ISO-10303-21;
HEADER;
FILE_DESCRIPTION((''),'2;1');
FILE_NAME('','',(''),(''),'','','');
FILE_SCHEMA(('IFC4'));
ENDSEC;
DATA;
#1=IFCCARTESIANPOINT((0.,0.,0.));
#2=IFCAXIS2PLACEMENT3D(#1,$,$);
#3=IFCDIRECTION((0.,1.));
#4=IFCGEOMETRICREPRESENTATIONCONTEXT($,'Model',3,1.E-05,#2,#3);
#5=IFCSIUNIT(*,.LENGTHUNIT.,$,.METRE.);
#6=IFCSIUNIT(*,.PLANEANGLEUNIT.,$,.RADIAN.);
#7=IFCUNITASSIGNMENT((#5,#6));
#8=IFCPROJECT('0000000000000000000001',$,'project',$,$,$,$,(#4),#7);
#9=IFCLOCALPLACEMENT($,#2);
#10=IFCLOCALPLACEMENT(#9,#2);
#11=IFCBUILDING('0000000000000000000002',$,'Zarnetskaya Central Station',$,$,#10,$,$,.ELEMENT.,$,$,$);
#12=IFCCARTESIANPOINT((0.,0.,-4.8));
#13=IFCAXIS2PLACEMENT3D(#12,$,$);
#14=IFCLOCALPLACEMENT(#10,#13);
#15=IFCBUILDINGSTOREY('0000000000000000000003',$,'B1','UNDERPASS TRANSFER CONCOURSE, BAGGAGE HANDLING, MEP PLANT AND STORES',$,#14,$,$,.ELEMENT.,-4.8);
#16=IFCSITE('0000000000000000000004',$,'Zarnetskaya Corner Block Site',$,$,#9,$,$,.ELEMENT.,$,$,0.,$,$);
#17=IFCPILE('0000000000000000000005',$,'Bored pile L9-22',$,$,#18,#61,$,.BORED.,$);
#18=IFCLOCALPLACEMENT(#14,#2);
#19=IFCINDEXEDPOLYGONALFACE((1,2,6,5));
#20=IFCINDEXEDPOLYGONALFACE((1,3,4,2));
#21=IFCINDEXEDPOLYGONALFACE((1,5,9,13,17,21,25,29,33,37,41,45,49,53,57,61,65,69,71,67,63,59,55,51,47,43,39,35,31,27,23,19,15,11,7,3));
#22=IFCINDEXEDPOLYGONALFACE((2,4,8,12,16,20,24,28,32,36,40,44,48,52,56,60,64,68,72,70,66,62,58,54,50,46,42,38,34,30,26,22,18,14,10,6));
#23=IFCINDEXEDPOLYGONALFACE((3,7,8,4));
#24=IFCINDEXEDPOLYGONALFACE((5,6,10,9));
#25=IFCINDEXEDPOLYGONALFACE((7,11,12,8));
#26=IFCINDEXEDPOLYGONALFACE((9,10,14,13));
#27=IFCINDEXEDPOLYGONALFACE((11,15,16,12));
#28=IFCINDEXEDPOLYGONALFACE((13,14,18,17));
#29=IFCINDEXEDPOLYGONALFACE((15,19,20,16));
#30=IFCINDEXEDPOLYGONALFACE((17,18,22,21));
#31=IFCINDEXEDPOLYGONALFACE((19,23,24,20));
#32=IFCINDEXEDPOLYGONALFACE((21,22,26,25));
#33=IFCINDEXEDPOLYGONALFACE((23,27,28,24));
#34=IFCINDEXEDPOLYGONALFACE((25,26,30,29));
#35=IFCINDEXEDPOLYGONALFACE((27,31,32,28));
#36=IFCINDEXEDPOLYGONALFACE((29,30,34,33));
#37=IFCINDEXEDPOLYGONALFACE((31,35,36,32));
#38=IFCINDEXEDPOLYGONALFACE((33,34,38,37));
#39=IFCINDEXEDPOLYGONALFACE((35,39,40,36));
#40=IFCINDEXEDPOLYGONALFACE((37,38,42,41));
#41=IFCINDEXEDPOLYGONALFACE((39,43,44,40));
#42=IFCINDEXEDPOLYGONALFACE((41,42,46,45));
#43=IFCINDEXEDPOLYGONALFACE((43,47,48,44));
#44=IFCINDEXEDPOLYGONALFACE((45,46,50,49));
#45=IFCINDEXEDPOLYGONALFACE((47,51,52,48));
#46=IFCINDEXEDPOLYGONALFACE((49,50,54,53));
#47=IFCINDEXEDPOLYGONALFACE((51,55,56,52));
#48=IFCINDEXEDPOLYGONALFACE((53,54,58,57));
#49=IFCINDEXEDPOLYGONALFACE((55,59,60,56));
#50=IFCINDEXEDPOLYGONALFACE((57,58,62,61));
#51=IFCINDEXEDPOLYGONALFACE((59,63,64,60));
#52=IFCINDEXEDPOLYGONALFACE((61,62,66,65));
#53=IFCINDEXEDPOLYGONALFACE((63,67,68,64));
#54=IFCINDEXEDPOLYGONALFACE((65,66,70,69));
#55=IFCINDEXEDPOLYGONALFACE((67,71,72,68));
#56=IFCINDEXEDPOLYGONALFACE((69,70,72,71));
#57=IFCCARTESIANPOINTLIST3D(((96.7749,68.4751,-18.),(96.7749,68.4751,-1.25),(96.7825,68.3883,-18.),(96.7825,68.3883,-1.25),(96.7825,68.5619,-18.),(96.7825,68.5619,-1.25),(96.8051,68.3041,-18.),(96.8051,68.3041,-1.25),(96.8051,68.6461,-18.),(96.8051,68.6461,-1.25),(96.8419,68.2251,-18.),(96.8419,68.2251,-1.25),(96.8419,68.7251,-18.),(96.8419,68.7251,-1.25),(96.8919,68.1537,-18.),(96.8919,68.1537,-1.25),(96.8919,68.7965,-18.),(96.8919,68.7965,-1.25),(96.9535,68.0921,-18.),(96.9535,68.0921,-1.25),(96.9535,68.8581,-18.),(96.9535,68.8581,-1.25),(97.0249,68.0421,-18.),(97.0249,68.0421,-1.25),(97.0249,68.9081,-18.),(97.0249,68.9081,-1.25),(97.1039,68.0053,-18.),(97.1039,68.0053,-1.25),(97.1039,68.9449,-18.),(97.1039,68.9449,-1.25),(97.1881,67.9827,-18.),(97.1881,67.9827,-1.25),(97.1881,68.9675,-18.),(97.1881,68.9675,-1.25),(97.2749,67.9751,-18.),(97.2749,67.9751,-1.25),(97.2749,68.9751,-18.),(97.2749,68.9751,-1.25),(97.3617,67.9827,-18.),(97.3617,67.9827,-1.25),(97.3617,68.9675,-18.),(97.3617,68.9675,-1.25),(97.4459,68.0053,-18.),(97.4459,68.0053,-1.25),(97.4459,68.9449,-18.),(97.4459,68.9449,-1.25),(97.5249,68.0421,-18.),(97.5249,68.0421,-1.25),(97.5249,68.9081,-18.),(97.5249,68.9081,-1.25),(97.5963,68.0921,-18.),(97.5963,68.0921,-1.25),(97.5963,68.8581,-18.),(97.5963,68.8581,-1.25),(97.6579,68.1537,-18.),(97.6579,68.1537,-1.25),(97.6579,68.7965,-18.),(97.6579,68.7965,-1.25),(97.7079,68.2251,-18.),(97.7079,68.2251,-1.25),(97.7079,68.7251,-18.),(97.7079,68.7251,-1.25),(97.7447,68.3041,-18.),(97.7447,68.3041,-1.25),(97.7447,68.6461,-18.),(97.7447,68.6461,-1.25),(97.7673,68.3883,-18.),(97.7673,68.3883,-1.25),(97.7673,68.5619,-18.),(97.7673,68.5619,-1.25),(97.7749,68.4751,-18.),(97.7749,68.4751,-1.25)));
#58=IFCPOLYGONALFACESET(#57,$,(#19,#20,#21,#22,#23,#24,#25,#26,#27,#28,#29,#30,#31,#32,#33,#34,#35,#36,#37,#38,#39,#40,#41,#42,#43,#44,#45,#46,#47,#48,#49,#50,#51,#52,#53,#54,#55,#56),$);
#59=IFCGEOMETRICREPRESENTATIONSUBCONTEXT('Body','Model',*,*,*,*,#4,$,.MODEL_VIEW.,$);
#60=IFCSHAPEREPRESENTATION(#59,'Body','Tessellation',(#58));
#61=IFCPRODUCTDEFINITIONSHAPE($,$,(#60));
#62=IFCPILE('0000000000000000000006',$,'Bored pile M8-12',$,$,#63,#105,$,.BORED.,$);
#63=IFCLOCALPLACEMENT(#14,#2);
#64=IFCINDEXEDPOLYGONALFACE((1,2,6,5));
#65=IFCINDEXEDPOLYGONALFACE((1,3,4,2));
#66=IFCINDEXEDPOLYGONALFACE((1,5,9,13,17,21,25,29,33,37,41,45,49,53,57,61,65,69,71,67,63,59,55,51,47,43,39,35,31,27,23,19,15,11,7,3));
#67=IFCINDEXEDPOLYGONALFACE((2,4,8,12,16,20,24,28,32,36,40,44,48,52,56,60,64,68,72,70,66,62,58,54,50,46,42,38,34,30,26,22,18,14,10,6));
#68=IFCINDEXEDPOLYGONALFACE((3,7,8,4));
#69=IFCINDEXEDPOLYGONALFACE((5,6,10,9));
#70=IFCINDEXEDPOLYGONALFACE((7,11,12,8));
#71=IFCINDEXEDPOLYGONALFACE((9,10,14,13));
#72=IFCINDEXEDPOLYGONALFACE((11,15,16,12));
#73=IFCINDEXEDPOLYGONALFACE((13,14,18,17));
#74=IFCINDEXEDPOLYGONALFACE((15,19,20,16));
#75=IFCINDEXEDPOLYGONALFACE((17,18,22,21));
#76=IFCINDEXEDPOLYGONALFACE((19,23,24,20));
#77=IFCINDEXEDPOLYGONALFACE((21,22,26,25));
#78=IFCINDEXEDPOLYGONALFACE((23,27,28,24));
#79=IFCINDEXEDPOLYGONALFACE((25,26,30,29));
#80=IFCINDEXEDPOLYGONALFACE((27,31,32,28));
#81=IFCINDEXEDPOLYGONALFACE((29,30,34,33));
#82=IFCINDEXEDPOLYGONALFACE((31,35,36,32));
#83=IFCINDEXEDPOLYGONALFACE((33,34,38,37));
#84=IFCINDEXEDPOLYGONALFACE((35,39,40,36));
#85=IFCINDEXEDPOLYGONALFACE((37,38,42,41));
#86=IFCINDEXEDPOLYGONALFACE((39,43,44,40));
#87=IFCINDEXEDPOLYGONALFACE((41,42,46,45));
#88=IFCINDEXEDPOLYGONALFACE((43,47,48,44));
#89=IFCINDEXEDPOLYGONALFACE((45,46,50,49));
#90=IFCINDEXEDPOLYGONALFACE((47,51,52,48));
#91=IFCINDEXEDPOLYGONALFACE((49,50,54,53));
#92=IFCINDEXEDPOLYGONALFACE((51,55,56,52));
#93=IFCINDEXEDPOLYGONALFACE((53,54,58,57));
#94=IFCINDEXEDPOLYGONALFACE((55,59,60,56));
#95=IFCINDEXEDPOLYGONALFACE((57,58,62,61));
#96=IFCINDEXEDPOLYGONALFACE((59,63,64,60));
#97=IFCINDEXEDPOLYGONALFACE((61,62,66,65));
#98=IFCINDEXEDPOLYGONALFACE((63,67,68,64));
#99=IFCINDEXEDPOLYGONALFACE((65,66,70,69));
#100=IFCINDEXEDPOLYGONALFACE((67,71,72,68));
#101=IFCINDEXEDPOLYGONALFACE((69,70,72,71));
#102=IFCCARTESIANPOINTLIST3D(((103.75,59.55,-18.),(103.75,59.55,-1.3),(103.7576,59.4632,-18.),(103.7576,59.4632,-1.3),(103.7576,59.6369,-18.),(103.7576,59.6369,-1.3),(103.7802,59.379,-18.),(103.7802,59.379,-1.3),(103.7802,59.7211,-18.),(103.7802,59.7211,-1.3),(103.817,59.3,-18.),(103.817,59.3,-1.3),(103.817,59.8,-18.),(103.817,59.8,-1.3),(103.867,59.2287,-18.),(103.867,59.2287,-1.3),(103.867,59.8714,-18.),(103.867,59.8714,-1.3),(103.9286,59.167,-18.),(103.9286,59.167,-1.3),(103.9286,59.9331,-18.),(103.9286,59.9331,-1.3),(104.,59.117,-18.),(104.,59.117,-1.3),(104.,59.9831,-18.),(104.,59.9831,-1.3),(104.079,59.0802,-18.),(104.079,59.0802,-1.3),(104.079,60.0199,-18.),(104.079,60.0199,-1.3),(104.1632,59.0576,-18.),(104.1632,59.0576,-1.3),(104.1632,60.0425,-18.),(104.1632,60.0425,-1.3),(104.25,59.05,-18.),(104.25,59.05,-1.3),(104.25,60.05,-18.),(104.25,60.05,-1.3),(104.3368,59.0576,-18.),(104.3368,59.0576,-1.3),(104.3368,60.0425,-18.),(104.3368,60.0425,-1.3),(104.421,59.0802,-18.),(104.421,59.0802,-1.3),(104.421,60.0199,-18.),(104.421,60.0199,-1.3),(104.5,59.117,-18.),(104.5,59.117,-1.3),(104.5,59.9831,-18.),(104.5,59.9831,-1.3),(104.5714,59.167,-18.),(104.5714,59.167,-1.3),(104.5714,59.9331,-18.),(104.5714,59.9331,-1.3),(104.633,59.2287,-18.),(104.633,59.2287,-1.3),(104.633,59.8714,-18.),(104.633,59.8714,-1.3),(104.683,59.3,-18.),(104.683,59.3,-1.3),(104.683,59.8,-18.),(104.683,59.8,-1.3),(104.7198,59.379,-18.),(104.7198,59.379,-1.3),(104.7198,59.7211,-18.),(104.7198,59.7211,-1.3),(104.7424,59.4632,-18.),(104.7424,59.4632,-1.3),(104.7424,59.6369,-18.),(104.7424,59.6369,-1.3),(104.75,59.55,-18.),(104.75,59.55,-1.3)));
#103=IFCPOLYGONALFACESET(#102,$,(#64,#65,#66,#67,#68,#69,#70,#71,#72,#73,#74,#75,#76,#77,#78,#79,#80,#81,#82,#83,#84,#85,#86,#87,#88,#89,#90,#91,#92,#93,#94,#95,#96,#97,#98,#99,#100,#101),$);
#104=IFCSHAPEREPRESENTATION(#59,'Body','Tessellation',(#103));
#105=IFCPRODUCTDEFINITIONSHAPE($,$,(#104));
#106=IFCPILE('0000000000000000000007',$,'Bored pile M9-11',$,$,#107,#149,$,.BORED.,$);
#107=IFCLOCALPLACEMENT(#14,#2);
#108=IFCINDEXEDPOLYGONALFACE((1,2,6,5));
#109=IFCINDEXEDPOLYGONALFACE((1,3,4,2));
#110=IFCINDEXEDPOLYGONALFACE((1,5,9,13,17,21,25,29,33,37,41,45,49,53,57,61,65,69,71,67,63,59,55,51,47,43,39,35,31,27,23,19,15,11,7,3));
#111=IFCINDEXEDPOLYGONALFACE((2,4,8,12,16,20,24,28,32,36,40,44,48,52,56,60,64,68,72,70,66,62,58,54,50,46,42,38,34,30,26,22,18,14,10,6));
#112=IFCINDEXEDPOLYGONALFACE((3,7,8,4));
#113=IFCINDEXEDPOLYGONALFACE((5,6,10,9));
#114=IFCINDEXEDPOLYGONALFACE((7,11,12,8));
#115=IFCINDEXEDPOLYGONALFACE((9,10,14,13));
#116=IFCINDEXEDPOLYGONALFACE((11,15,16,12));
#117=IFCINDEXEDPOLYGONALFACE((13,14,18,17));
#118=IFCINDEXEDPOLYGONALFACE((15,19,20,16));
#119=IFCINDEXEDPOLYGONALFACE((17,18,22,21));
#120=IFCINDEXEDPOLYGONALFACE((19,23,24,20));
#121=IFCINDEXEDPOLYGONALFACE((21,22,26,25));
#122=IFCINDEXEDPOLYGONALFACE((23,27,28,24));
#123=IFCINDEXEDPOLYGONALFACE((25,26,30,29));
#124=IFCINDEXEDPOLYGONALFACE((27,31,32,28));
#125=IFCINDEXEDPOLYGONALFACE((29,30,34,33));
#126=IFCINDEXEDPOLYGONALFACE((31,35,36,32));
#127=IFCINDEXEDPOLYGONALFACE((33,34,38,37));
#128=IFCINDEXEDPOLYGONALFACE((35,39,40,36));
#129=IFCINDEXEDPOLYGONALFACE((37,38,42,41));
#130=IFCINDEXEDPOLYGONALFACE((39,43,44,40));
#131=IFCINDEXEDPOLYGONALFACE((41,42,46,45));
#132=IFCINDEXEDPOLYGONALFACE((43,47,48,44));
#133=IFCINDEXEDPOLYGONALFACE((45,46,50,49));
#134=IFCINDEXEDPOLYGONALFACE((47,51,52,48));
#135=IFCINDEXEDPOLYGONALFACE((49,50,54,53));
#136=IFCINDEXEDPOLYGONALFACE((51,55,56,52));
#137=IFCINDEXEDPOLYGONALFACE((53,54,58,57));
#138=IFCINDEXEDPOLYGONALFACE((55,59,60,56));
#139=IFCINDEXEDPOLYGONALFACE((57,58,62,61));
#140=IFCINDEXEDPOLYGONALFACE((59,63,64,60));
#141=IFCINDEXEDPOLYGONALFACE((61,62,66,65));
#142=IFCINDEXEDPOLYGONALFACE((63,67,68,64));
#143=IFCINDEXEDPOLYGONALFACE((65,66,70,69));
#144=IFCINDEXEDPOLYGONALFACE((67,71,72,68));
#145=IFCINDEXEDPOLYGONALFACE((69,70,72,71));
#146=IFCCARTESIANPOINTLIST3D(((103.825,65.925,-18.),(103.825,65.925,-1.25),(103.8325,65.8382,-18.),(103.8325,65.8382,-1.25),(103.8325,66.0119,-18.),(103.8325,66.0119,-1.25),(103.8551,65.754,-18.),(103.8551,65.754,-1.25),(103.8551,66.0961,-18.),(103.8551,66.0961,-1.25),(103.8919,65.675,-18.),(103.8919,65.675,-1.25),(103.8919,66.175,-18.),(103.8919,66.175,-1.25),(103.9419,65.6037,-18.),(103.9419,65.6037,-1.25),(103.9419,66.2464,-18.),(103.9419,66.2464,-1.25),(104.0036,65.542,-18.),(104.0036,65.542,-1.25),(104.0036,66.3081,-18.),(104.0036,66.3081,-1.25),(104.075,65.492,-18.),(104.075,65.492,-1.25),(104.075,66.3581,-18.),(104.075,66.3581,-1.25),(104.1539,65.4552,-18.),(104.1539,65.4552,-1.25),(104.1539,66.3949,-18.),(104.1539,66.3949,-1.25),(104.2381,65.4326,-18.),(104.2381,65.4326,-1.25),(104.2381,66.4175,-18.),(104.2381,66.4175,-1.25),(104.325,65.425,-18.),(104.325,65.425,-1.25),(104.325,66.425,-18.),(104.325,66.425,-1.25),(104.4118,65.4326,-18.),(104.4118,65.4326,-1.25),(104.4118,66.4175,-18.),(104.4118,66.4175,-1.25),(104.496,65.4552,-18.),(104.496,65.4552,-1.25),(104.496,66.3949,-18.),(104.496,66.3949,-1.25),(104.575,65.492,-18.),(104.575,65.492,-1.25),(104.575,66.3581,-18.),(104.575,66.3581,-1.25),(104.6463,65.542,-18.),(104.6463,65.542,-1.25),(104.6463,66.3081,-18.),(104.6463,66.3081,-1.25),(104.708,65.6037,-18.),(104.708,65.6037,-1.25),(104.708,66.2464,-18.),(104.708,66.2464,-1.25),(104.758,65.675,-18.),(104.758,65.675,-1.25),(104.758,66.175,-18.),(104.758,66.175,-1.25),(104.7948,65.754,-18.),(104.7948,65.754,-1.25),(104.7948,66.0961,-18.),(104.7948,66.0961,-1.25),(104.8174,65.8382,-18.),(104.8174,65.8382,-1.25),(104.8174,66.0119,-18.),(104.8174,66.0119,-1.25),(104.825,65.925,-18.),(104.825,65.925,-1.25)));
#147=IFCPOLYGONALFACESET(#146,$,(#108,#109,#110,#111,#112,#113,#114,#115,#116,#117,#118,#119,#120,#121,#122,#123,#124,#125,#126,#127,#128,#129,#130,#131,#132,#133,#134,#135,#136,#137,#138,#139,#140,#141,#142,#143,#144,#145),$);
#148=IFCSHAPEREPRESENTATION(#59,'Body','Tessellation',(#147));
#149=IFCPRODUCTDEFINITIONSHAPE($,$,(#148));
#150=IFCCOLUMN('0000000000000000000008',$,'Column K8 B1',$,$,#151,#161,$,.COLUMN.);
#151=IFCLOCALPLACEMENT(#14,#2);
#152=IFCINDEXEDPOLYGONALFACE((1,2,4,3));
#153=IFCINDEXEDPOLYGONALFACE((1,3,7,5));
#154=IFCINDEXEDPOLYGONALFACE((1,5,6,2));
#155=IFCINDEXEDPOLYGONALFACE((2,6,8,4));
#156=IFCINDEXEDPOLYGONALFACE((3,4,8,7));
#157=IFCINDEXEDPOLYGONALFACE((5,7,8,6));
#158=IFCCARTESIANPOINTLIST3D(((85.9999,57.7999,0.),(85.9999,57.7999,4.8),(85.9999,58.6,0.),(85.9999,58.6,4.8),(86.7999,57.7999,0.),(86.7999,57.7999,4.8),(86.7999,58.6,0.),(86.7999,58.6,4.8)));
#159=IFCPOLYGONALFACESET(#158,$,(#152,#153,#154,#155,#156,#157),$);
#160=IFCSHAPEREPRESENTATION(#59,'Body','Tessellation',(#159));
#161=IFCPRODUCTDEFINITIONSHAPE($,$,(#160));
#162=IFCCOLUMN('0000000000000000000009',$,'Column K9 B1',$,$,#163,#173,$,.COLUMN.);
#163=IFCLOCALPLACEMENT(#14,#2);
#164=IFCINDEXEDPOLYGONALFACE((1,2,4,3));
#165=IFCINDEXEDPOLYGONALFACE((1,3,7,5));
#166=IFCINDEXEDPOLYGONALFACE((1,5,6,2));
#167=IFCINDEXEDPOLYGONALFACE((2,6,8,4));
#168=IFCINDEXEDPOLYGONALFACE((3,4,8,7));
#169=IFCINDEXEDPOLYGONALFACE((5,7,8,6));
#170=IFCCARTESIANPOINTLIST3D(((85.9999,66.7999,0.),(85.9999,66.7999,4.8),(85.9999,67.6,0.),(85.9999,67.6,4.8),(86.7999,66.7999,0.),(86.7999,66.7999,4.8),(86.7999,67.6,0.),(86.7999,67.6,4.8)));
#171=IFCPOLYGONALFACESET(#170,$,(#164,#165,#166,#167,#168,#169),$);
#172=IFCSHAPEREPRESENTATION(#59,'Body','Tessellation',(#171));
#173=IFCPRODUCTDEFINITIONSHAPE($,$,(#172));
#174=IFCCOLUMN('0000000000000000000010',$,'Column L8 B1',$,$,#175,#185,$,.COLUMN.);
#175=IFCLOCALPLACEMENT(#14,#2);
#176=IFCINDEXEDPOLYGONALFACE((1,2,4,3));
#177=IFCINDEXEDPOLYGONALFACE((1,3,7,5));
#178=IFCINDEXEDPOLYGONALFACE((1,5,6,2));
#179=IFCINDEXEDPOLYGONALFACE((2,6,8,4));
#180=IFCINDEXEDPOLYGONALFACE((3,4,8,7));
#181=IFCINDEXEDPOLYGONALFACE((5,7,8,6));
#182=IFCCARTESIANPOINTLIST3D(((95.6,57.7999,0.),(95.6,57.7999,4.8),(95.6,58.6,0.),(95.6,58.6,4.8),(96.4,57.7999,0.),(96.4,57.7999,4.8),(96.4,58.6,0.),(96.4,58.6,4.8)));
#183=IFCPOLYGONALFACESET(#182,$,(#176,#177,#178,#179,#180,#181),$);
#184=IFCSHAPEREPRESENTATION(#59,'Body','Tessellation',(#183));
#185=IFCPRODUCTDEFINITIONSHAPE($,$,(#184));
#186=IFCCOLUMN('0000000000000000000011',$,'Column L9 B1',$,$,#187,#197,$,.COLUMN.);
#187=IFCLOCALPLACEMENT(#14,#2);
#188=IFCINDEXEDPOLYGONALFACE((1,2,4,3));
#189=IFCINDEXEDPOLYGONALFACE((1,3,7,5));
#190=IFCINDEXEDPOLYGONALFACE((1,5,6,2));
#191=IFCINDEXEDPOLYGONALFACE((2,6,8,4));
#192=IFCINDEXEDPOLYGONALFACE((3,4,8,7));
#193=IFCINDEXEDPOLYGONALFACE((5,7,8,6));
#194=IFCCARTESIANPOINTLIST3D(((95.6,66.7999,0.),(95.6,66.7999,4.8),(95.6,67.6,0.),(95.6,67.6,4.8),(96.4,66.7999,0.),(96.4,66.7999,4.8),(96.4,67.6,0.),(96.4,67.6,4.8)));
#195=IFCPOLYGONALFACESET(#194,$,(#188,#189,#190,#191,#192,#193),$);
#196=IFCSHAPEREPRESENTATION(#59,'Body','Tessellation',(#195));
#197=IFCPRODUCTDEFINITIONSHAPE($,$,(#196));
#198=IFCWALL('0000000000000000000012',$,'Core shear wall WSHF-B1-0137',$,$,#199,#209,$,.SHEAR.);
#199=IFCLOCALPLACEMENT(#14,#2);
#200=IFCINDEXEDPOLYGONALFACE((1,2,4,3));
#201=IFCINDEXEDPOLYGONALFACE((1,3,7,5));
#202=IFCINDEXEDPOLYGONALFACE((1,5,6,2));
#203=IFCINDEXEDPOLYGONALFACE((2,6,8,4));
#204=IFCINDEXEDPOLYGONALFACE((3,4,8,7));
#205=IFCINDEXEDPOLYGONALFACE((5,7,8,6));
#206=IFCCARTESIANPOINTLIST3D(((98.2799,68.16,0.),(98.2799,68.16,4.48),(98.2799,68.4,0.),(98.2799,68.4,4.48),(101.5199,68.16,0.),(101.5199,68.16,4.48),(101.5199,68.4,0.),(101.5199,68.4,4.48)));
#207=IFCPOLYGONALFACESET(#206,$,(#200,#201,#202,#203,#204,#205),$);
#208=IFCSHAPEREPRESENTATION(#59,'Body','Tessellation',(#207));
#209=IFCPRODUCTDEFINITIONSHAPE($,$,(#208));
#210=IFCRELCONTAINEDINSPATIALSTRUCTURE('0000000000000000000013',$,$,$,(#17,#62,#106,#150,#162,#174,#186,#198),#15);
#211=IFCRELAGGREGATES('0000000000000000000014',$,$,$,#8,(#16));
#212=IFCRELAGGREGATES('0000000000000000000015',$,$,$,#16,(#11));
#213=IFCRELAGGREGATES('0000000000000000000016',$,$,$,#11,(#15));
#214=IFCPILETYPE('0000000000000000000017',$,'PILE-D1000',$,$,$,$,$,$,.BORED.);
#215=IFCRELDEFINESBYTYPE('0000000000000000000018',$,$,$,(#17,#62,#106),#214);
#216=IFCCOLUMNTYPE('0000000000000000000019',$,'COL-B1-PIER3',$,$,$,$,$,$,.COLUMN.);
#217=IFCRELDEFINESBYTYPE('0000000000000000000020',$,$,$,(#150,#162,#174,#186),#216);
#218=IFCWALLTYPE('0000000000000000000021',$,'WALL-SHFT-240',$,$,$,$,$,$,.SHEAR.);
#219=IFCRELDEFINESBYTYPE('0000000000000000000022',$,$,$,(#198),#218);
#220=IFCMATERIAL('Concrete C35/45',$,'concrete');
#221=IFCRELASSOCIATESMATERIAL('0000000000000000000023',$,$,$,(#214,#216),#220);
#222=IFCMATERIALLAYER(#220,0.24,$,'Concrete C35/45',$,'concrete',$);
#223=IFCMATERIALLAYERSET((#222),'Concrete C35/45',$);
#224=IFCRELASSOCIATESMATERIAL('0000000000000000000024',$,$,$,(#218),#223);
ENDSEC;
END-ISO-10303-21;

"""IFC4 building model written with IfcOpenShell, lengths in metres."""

from ifc_helpers import new_model, si_unit, direction, frame, frame_2d, origin, origin_2d, place, context, subcontext, project, spatial, rectangle, circle, extrude, material, layer, layer_set, material_profile, profile_set, type_object, element, save


model = new_model("IFC4")

# Units and contexts
model_context = context("Model", 3, precision=1e-05, world=origin(), true_north=direction((0.0, 1.0)))
body_context = subcontext(model_context, "Body", "Model", "MODEL_VIEW")
ifc_project = project(units=[si_unit("LENGTHUNIT", "METRE"), si_unit("PLANEANGLEUNIT", "RADIAN")], contexts=[model_context])

# Site, building, storey
site_placement = place(None, origin())
site = spatial("IfcSite", under=ifc_project, at=site_placement, Name="Zarnetskaya Corner Block Site", CompositionType="ELEMENT", RefElevation=0.0)
building_placement = place(site_placement, origin())
building = spatial("IfcBuilding", under=site, at=building_placement, Name="Zarnetskaya Central Station", CompositionType="ELEMENT")
storey_placement = place(building_placement, frame((0.0, 0.0, -4.8)))
storey = spatial("IfcBuildingStorey", under=building, at=storey_placement, Name="B1", Description="UNDERPASS TRANSFER CONCOURSE, BAGGAGE HANDLING, MEP PLANT AND STORES", CompositionType="ELEMENT", Elevation=-4.8)

# Shared definitions
ifc_material_1 = material(Name="Concrete C35/45", Category="concrete")

# Piles
ifc_material_profile_1 = material_profile(ifc_material_1, circle(Radius=0.5, at=origin_2d()), Name="BORED PILE D1000")
ifc_profile_set_1 = profile_set([ifc_material_profile_1], Name="Concrete C35/45")
pile_type = type_object("IfcPileType", Name="PILE-D1000", PredefinedType="BORED", material=ifc_profile_set_1)
for number, where, z_axis, x_axis, name in (
    (1, (97.2749, 68.4751, -1.25), (0.0, 0.0, -1.0), (1.0, 0.0, 0.0), "Bored pile L9-22"),
):
    element("IfcPile", number, at=place(storey_placement, frame(where, z_axis=z_axis, x_axis=x_axis)), inside=storey, type_object=pile_type, Name=name, PredefinedType="BORED", context=body_context, shape_type="SweptSolid", body=[
        extrude(circle(Radius=0.5, at=origin_2d()), origin(), (0.0, 0.0, 1.0), 16.75),
    ])
pile_1_placement = place(storey_placement, frame((104.25, 59.55, -1.3), z_axis=(0.0, 0.0, -1.0), x_axis=(1.0, 0.0, 0.0)))
element("IfcPile", 2, at=pile_1_placement, inside=storey, type_object=pile_type, Name="Bored pile M8-12", PredefinedType="BORED", context=body_context, shape_type="SweptSolid", body=[
    extrude(circle(Radius=0.5, at=origin_2d()), origin(), (0.0, 0.0, 1.0), 16.7),
])
pile_2_placement = place(storey_placement, frame((104.325, 65.925, -1.25), z_axis=(0.0, 0.0, -1.0), x_axis=(1.0, 0.0, 0.0)))
element("IfcPile", 3, at=pile_2_placement, inside=storey, type_object=pile_type, Name="Bored pile M9-11", PredefinedType="BORED", context=body_context, shape_type="SweptSolid", body=[
    extrude(circle(Radius=0.5, at=origin_2d()), origin(), (0.0, 0.0, 1.0), 16.75),
])

# Columns
ifc_material_profile_2 = material_profile(ifc_material_1, rectangle(XDim=0.8, YDim=0.8, at=origin_2d()), Name="RC 800x800")
ifc_profile_set_2 = profile_set([ifc_material_profile_2], Name="Concrete C35/45")
column_type = type_object("IfcColumnType", Name="COL-B1-PIER3", PredefinedType="COLUMN", material=ifc_profile_set_2)
for number, where, z_axis, x_axis, name in (
    (4, (86.3999, 58.2, 0.0), (0.0, 0.0, 1.0), (1.0, 0.0, 0.0), "Column K8 B1"),
    (5, (86.3999, 67.2, 0.0), (0.0, 0.0, 1.0), (1.0, 0.0, 0.0), "Column K9 B1"),
    (6, (96.0, 58.2, 0.0), (0.0, 0.0, 1.0), (1.0, 0.0, 0.0), "Column L8 B1"),
    (7, (96.0, 67.2, 0.0), (0.0, 0.0, 1.0), (1.0, 0.0, 0.0), "Column L9 B1"),
):
    element("IfcColumn", number, at=place(storey_placement, frame(where, z_axis=z_axis, x_axis=x_axis)), inside=storey, type_object=column_type, Name=name, PredefinedType="COLUMN", context=body_context, shape_type="SweptSolid", body=[
        extrude(rectangle(XDim=0.8, YDim=0.8, at=origin_2d()), origin(), (0.0, 0.0, 1.0), 4.8),
    ])

# Wall
ifc_layer = layer(ifc_material_1, 0.24, Name="Concrete C35/45", Category="concrete")
ifc_layer_set = layer_set([ifc_layer], Name="Concrete C35/45")
wall_type = type_object("IfcWallType", Name="WALL-SHFT-240", PredefinedType="SHEAR", material=ifc_layer_set)
wall_1_placement = place(storey_placement, frame((101.52, 68.28, 0.0), z_axis=(0.0, 0.0, 1.0), x_axis=(-1.0, 0.0, 0.0)))
element("IfcWall", 8, at=wall_1_placement, inside=storey, type_object=wall_type, Name="Core shear wall WSHF-B1-0137", PredefinedType="SHEAR", context=body_context, shape_type="SweptSolid", body=[
    extrude(rectangle(XDim=3.24, YDim=0.24, at=frame_2d((1.6201, 0.0))), origin(), (0.0, 0.0, 1.0), 4.48),
])

save(model, "model.ifc")
